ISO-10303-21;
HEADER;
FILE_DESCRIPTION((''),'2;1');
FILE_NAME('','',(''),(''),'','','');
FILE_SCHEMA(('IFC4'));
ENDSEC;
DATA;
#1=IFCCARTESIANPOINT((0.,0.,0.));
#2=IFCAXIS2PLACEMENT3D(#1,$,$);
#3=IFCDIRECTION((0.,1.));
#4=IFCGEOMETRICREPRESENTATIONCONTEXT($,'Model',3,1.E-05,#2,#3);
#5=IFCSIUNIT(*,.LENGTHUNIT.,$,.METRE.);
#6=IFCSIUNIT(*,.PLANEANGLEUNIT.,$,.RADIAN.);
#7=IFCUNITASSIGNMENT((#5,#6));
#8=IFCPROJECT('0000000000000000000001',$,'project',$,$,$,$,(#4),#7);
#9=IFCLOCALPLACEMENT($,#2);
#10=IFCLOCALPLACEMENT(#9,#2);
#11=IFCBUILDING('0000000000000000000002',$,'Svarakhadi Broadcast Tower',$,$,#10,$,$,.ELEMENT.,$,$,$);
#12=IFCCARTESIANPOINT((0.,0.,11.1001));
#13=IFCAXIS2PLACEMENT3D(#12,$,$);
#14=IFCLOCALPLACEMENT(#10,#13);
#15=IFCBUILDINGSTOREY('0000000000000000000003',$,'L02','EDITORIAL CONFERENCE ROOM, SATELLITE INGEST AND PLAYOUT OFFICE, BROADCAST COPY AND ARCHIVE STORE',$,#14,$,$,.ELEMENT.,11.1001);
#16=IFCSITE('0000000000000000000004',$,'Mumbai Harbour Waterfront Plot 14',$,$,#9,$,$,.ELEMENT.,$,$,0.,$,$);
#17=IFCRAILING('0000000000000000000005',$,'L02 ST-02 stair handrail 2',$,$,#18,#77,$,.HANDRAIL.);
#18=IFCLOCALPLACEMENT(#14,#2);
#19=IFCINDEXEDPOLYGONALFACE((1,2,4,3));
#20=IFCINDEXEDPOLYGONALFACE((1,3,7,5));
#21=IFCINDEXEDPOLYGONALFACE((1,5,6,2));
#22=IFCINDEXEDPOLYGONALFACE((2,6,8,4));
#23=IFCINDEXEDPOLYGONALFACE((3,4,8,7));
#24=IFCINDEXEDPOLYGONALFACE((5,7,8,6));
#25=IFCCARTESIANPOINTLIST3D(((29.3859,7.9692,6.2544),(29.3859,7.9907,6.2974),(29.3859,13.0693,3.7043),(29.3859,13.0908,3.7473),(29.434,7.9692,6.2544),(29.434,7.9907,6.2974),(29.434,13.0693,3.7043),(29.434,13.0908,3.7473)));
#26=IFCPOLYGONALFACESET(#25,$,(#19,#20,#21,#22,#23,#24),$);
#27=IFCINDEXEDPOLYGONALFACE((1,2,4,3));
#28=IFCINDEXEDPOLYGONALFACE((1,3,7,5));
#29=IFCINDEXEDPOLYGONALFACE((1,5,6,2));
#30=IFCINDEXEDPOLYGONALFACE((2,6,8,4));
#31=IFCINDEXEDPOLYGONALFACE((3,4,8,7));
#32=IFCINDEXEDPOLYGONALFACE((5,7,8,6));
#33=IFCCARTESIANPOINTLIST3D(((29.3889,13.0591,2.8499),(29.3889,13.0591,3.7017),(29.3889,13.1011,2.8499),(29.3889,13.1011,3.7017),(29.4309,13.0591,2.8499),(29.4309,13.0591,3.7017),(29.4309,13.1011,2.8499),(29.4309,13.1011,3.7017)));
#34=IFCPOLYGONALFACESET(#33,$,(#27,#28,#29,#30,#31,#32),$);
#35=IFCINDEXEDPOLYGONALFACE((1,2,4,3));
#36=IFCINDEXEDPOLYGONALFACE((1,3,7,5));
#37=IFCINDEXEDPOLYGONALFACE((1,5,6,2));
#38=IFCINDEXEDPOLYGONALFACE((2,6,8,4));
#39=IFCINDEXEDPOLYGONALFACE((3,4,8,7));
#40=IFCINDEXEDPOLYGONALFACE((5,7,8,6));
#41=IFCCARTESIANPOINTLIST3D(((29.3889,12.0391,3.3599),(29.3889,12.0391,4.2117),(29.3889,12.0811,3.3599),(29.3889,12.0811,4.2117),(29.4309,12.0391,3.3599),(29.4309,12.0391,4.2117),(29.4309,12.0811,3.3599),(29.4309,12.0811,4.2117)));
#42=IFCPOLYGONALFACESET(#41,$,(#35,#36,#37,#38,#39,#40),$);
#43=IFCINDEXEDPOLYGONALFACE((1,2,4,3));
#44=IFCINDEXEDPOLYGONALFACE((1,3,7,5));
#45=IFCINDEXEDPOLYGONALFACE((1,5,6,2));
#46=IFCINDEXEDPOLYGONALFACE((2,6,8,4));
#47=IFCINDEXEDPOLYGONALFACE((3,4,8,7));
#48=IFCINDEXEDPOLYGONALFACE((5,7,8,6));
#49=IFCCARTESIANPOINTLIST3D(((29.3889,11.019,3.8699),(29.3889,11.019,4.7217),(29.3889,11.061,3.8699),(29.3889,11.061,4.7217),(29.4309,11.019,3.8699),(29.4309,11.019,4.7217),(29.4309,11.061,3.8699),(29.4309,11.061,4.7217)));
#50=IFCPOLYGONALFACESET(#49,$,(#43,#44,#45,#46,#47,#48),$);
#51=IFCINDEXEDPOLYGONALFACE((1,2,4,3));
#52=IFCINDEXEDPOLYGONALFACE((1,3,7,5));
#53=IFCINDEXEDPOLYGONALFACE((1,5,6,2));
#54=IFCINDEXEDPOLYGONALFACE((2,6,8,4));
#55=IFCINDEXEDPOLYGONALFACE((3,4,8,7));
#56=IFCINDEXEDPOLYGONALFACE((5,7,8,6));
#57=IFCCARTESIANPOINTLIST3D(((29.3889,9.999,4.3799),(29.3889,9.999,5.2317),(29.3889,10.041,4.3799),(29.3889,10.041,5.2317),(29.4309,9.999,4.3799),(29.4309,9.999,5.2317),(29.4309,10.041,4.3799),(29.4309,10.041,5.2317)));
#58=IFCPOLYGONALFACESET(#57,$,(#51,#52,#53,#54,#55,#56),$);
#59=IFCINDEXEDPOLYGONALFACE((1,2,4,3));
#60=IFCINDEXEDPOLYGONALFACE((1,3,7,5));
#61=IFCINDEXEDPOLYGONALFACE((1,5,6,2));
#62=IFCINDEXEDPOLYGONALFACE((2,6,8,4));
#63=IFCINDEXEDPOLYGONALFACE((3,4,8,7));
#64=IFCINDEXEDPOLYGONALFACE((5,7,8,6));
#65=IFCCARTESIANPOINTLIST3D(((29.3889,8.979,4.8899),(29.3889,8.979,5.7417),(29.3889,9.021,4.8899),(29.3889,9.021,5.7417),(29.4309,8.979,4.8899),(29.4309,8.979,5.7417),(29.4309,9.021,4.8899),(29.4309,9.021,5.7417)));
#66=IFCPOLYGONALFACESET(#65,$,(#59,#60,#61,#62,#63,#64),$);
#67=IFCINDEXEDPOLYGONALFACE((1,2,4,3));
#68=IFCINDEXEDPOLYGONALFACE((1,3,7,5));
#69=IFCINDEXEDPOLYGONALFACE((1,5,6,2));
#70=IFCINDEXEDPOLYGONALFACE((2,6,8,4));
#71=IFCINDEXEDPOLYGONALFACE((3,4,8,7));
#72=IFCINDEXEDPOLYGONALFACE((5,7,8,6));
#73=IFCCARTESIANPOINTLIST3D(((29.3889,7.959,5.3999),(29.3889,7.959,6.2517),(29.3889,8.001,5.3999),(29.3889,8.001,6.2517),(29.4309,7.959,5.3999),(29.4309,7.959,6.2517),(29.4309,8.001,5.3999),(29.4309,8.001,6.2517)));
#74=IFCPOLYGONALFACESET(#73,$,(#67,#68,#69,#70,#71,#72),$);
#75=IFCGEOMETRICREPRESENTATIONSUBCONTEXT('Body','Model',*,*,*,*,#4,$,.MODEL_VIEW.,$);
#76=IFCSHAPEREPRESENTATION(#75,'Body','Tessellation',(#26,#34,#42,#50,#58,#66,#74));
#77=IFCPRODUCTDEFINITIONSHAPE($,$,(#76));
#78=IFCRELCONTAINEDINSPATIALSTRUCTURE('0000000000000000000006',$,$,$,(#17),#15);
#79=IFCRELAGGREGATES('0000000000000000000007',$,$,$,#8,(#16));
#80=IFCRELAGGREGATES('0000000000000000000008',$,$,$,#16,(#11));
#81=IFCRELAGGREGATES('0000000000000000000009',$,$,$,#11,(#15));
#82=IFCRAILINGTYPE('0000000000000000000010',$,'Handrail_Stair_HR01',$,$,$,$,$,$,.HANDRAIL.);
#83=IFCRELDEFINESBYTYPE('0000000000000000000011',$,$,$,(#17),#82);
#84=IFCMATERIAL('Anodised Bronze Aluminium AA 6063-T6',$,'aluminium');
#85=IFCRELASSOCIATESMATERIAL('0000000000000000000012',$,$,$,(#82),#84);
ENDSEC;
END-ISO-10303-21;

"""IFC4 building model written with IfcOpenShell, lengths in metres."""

from ifc_helpers import new_model, si_unit, direction, frame, origin, origin_2d, place, context, subcontext, project, spatial, rectangle, extrude, material, type_object, element, save


model = new_model("IFC4")

# Units and contexts
model_context = context("Model", 3, precision=1e-05, world=origin(), true_north=direction((0.0, 1.0)))
body_context = subcontext(model_context, "Body", "Model", "MODEL_VIEW")
ifc_project = project(units=[si_unit("LENGTHUNIT", "METRE"), si_unit("PLANEANGLEUNIT", "RADIAN")], contexts=[model_context])

# Site, building, storey
site_placement = place(None, origin())
site = spatial("IfcSite", under=ifc_project, at=site_placement, Name="Mumbai Harbour Waterfront Plot 14", CompositionType="ELEMENT", RefElevation=0.0)
building_placement = place(site_placement, origin())
building = spatial("IfcBuilding", under=site, at=building_placement, Name="Svarakhadi Broadcast Tower", CompositionType="ELEMENT")
storey_placement = place(building_placement, frame((0.0, 0.0, 11.1001)))
storey = spatial("IfcBuildingStorey", under=building, at=storey_placement, Name="L02", Description="EDITORIAL CONFERENCE ROOM, SATELLITE INGEST AND PLAYOUT OFFICE, BROADCAST COPY AND ARCHIVE STORE", CompositionType="ELEMENT", Elevation=11.1001)

# Railing
ifc_material_1 = material(Name="Anodised Bronze Aluminium AA 6063-T6", Category="aluminium")
railing_type_1 = type_object("IfcRailingType", Name="Handrail_Stair_HR01", PredefinedType="HANDRAIL", material=ifc_material_1)
railing_1_placement = place(storey_placement, frame((29.4099, 13.0801, 2.8499)))
element("IfcRailing", 1, at=railing_1_placement, inside=storey, type_object=railing_type_1, Name="L02 ST-02 stair handrail 2", PredefinedType="HANDRAIL", context=body_context, shape_type="SweptSolid", body=[
    extrude(rectangle(XDim=0.0481, YDim=0.0481, at=origin_2d()), frame((0.0, 0.0, 0.876), z_axis=(0.0, -0.894427, 0.447214), x_axis=(1.0, 0.0, 0.0)), (0.0, 0.0, 1.0), 5.7021),
    extrude(rectangle(XDim=0.042, YDim=0.042, at=origin_2d()), origin(), (0.0, 0.0, 1.0), 0.8518),
    extrude(rectangle(XDim=0.042, YDim=0.042, at=origin_2d()), frame((0.0, -1.02, 0.51)), (0.0, 0.0, 1.0), 0.8518),
    extrude(rectangle(XDim=0.042, YDim=0.042, at=origin_2d()), frame((0.0, -2.04, 1.02)), (0.0, 0.0, 1.0), 0.8518),
    extrude(rectangle(XDim=0.042, YDim=0.042, at=origin_2d()), frame((0.0, -3.0601, 1.53)), (0.0, 0.0, 1.0), 0.8518),
    extrude(rectangle(XDim=0.042, YDim=0.042, at=origin_2d()), frame((0.0, -4.0801, 2.04)), (0.0, 0.0, 1.0), 0.8518),
    extrude(rectangle(XDim=0.042, YDim=0.042, at=origin_2d()), frame((0.0, -5.1001, 2.55)), (0.0, 0.0, 1.0), 0.8518),
])

save(model, "model.ifc")
